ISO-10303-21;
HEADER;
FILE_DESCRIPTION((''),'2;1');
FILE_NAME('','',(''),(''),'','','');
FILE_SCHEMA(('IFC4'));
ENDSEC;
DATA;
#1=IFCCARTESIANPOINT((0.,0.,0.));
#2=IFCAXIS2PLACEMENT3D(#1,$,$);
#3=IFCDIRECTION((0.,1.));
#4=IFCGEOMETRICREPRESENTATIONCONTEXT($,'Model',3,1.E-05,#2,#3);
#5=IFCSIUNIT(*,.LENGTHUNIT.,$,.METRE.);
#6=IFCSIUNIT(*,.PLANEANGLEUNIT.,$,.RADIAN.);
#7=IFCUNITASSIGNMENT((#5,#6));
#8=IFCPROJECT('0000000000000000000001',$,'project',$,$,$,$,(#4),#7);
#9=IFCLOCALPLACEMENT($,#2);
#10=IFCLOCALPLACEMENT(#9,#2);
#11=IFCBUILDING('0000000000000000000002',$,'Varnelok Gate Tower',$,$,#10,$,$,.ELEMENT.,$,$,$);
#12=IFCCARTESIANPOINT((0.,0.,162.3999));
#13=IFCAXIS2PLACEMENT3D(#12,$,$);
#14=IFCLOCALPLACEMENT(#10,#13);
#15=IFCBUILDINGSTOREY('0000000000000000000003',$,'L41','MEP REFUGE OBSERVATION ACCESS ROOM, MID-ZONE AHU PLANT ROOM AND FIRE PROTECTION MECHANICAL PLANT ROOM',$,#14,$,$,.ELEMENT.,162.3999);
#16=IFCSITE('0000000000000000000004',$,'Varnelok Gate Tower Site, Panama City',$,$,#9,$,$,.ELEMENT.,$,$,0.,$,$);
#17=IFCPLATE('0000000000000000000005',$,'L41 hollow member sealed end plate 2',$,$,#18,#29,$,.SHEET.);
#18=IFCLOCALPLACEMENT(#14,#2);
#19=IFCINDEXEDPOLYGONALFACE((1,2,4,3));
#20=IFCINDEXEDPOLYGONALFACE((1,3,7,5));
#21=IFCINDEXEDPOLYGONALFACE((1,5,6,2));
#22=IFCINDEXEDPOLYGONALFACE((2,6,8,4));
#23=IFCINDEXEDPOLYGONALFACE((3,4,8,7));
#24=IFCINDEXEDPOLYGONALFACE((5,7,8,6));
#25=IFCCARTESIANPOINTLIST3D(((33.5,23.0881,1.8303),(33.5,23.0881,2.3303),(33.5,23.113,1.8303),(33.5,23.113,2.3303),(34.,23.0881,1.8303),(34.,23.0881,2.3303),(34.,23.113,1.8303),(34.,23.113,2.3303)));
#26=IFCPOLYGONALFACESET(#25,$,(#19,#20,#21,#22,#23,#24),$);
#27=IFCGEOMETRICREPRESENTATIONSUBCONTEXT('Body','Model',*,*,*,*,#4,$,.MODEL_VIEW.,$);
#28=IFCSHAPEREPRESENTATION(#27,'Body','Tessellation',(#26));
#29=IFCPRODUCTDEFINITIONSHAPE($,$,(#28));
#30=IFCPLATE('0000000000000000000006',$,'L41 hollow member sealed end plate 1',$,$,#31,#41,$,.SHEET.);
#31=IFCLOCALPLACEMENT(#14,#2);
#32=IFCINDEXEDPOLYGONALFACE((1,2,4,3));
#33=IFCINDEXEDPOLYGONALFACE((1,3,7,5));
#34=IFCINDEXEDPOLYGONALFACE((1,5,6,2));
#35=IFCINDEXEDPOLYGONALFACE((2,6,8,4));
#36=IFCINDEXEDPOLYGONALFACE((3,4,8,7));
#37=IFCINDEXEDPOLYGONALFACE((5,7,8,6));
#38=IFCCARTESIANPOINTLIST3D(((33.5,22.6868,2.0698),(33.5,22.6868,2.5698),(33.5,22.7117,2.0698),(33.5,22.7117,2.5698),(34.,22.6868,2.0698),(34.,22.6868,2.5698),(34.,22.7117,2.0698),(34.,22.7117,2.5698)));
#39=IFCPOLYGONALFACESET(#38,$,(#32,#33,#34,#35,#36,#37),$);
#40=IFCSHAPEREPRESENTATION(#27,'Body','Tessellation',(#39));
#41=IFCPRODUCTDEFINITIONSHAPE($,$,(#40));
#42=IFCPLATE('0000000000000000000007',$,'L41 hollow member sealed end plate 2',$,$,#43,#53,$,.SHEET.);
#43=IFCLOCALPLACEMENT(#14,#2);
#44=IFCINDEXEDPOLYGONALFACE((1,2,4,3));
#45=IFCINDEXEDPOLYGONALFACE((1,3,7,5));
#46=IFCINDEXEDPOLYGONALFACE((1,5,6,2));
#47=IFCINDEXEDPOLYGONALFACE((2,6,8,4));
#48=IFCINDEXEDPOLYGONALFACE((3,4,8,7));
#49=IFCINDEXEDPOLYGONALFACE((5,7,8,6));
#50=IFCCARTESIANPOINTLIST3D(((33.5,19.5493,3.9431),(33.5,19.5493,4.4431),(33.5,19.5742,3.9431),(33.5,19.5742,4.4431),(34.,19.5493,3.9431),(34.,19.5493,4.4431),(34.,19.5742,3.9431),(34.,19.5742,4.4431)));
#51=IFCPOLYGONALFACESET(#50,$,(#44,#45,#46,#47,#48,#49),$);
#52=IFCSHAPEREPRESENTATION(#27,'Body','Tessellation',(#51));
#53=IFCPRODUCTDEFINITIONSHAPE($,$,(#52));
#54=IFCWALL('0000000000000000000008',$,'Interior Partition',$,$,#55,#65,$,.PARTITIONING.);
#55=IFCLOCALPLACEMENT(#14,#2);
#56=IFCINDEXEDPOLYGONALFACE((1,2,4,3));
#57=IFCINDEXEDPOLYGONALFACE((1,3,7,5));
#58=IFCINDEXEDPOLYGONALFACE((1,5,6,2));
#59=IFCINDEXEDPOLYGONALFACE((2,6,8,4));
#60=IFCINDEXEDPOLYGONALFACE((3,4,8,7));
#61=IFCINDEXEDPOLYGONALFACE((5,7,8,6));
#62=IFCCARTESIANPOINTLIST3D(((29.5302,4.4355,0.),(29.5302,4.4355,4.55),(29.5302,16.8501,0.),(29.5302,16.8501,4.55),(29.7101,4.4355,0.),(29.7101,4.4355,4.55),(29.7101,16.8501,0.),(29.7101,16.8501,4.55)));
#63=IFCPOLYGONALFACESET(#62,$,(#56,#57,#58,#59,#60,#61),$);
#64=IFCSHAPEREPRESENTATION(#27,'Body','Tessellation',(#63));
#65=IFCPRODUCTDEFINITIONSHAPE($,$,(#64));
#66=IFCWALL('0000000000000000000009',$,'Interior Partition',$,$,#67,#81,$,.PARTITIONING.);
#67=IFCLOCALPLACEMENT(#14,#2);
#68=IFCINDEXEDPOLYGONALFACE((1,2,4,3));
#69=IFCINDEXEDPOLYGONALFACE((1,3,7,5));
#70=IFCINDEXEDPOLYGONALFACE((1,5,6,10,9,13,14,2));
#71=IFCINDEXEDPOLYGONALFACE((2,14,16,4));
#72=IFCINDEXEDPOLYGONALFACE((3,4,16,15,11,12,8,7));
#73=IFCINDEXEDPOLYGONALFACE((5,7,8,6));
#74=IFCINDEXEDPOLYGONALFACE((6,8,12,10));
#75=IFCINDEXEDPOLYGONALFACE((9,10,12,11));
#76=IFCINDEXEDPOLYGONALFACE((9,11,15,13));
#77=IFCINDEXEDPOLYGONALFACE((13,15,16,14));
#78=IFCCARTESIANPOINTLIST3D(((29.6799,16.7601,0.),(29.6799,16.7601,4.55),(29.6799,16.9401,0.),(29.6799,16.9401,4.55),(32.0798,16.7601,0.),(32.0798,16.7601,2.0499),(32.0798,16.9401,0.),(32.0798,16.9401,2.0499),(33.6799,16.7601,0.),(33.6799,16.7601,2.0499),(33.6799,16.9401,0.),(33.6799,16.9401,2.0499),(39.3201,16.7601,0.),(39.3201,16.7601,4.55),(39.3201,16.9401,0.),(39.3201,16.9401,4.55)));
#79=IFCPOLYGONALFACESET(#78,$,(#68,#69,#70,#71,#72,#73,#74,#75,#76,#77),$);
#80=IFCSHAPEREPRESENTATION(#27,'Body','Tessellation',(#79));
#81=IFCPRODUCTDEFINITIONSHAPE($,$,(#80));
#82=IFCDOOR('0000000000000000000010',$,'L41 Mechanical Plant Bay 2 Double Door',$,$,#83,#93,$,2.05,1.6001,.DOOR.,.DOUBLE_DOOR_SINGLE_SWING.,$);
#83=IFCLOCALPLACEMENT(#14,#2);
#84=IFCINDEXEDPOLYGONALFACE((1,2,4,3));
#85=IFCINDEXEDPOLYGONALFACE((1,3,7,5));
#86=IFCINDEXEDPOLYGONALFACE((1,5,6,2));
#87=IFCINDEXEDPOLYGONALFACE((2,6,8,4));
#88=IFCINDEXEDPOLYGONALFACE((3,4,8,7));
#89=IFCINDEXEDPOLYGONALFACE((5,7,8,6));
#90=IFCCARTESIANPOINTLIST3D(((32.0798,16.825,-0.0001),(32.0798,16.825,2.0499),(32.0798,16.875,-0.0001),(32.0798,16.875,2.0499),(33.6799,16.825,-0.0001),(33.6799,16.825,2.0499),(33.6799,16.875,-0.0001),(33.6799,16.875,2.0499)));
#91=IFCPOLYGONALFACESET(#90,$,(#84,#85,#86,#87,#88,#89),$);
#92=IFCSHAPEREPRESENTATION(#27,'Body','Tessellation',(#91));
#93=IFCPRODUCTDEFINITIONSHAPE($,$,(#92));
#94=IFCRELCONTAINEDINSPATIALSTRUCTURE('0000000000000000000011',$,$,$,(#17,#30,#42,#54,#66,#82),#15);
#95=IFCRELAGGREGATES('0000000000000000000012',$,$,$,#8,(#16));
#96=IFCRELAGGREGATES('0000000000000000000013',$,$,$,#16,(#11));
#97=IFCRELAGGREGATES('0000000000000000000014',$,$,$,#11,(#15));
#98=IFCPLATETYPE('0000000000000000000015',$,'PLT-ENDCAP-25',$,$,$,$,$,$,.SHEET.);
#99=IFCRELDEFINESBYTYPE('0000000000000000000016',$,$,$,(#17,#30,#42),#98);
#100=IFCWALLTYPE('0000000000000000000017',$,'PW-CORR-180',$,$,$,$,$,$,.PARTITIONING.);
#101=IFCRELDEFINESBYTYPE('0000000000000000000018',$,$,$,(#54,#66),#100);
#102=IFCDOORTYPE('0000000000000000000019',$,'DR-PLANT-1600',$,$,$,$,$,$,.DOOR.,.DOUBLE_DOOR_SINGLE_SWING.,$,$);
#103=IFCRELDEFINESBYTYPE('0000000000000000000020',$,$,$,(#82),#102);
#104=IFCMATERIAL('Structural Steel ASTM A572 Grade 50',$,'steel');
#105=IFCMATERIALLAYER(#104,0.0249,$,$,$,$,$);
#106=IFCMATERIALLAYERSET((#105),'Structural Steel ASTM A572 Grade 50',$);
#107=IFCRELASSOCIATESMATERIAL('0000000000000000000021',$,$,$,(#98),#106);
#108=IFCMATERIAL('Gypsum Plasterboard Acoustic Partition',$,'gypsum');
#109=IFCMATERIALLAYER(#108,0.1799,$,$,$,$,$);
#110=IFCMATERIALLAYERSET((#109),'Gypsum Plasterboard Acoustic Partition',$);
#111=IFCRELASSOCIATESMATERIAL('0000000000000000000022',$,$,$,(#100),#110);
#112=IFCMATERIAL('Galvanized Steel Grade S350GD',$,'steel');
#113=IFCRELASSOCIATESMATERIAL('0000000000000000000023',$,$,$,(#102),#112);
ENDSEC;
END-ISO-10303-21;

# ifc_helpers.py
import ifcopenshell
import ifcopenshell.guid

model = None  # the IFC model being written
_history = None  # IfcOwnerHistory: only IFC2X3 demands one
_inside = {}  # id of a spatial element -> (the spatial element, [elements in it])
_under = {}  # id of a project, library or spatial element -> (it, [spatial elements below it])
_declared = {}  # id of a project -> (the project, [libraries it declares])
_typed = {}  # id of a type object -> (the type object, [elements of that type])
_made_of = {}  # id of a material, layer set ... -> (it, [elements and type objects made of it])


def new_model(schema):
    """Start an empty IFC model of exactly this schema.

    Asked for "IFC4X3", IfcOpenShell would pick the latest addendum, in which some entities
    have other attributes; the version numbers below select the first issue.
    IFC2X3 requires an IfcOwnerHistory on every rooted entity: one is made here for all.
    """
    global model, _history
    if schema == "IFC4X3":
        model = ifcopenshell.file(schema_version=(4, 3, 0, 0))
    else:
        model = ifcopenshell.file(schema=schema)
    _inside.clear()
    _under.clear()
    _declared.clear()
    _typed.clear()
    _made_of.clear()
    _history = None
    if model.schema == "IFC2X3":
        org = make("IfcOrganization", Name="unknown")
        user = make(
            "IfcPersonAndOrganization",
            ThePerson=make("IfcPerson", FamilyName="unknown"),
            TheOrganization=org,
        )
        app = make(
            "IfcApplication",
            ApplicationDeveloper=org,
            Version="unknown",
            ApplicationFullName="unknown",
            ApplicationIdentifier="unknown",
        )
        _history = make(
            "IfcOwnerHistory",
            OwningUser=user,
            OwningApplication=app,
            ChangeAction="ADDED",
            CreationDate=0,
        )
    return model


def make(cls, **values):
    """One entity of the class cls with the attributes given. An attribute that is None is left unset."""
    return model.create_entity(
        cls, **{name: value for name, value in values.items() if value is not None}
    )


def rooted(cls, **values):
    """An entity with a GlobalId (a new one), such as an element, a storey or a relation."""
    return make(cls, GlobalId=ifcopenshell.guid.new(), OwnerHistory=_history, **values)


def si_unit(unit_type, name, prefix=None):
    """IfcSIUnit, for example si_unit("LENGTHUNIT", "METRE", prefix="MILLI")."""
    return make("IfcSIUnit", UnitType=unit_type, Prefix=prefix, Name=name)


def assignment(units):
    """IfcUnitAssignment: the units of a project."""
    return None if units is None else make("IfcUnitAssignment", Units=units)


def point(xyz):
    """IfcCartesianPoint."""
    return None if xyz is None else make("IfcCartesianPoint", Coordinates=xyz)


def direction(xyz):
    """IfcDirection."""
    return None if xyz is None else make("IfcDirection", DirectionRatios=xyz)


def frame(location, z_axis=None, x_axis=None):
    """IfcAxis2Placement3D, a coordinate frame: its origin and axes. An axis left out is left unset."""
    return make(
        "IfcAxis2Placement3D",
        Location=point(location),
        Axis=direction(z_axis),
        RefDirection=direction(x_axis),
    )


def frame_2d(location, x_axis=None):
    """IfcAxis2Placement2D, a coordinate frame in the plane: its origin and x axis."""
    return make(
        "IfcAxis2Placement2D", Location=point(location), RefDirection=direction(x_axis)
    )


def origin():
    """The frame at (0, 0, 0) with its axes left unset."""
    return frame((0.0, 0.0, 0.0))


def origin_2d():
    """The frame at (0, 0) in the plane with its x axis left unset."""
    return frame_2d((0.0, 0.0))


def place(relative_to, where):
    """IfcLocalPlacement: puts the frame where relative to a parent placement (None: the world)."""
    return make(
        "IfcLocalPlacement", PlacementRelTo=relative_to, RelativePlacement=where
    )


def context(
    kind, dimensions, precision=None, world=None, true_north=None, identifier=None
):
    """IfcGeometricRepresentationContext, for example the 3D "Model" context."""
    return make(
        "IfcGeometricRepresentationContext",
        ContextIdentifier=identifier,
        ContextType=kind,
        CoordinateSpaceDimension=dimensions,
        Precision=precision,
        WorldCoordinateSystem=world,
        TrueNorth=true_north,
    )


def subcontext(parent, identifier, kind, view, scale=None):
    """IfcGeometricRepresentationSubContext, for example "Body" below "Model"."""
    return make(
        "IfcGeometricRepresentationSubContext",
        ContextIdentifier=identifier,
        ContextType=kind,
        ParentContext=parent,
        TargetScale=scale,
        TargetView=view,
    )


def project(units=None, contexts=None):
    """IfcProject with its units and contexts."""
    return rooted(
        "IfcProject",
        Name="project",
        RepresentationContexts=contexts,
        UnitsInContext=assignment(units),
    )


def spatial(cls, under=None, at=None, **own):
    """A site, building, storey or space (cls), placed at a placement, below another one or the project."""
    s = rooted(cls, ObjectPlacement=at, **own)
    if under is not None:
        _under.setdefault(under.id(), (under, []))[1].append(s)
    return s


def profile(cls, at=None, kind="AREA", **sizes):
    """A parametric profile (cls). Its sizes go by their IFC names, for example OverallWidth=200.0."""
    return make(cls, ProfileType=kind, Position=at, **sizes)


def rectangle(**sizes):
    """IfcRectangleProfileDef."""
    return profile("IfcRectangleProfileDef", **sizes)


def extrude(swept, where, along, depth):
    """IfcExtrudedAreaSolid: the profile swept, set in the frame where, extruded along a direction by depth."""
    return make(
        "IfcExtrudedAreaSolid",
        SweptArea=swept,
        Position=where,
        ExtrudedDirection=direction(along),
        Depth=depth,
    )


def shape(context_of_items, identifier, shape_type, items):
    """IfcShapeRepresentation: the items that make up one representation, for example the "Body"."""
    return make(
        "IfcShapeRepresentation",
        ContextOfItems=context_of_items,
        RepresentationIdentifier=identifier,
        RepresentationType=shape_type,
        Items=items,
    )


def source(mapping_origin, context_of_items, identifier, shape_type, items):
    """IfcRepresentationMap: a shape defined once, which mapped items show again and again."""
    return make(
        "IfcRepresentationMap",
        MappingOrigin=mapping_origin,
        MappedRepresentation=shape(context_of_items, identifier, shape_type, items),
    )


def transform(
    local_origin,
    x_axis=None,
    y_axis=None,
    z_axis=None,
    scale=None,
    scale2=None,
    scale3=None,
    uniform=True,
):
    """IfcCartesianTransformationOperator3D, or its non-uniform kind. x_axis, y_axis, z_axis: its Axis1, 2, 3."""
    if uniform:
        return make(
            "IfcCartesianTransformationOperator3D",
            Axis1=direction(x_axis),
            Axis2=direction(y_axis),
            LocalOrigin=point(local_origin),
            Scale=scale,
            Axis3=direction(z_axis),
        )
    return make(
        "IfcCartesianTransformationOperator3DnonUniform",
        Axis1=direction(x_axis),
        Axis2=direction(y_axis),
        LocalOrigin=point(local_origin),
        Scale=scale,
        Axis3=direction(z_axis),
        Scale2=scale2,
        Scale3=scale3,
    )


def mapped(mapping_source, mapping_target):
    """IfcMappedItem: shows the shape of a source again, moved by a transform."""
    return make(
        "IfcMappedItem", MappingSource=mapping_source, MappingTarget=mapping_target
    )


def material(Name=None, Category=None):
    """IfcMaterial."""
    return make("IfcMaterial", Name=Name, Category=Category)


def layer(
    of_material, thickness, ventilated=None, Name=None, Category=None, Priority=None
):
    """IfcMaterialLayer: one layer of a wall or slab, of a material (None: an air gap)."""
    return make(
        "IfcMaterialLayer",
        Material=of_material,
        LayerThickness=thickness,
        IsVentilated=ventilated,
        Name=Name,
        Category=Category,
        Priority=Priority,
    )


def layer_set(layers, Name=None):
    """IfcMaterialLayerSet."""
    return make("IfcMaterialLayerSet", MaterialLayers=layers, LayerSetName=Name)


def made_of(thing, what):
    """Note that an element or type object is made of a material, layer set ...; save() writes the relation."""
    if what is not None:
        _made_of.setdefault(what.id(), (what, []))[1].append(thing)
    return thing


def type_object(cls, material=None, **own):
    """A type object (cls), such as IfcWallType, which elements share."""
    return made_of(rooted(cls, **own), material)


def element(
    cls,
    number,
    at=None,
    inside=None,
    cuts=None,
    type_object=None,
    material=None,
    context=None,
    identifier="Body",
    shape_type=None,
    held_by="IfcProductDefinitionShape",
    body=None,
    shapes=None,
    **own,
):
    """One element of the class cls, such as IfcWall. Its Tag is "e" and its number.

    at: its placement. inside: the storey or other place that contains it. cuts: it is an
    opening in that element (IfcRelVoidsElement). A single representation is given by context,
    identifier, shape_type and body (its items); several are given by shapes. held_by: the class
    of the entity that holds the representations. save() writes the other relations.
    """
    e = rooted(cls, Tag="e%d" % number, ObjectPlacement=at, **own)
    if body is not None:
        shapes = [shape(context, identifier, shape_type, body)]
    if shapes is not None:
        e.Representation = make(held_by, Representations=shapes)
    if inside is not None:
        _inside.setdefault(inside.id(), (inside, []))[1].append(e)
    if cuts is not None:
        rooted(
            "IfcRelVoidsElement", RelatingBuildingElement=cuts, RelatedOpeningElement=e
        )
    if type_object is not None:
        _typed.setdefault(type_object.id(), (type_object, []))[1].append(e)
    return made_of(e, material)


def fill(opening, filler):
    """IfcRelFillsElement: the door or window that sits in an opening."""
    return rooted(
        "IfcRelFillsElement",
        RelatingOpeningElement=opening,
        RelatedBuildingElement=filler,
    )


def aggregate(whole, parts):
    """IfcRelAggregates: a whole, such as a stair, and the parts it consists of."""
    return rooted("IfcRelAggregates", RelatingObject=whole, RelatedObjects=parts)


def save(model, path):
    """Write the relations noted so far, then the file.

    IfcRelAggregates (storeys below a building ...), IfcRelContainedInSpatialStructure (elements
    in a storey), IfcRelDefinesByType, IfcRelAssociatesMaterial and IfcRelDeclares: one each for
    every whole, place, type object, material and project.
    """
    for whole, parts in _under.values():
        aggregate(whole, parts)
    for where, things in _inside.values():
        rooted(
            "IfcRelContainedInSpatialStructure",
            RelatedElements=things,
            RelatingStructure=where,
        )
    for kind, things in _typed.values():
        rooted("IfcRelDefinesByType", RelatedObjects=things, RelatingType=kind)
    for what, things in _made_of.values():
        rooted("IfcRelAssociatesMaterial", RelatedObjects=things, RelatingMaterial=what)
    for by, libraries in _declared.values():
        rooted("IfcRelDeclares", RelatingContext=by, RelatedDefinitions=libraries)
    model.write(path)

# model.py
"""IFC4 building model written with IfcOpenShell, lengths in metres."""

from ifc_helpers import new_model, si_unit, direction, frame, frame_2d, origin, origin_2d, place, context, subcontext, project, spatial, rectangle, extrude, source, transform, mapped, material, layer, layer_set, type_object, element, fill, save


model = new_model("IFC4")

# Units and contexts
model_context = context("Model", 3, precision=1e-05, world=origin(), true_north=direction((0.0, 1.0)))
body_context = subcontext(model_context, "Body", "Model", "MODEL_VIEW")
ifc_project = project(units=[si_unit("LENGTHUNIT", "METRE"), si_unit("PLANEANGLEUNIT", "RADIAN")], contexts=[model_context])

# Site, building, storey
site_placement = place(None, origin())
site = spatial("IfcSite", under=ifc_project, at=site_placement, Name="Varnelok Gate Tower Site, Panama City", CompositionType="ELEMENT", RefElevation=0.0)
building_placement = place(site_placement, origin())
building = spatial("IfcBuilding", under=site, at=building_placement, Name="Varnelok Gate Tower", CompositionType="ELEMENT")
storey_placement = place(building_placement, frame((0.0, 0.0, 162.3999)))
storey = spatial("IfcBuildingStorey", under=building, at=storey_placement, Name="L41", Description="MEP REFUGE OBSERVATION ACCESS ROOM, MID-ZONE AHU PLANT ROOM AND FIRE PROTECTION MECHANICAL PLANT ROOM", CompositionType="ELEMENT", Elevation=162.3999)

# Shared definitions
ifc_material_1 = material(Name="Structural Steel ASTM A572 Grade 50", Category="steel")

# Plates
ifc_layer_1 = layer(ifc_material_1, 0.0249)
ifc_layer_set_1 = layer_set([ifc_layer_1], Name="Structural Steel ASTM A572 Grade 50")
plate_type_1 = type_object("IfcPlateType", Name="PLT-ENDCAP-25", PredefinedType="SHEET", material=ifc_layer_set_1)
shared_shape_1 = source(origin(), body_context, "Body", "SweptSolid", [
    extrude(rectangle(XDim=0.0249, YDim=0.5, at=origin_2d()), origin(), (0.0, 0.0, 1.0), 0.5),
])
for number, where, z_axis, x_axis, name in (
    (1, (33.75, 23.1006, 1.8303), (0.0, 0.0, 1.0), (0.0, -1.0, 0.0), "L41 hollow member sealed end plate 2"),
    (2, (33.75, 22.6992, 2.0698), (0.0, 0.0, 1.0), (0.0, -1.0, 0.0), "L41 hollow member sealed end plate 1"),
    (3, (33.75, 19.5618, 3.9431), (0.0, 0.0, 1.0), (0.0, -1.0, 0.0), "L41 hollow member sealed end plate 2"),
):
    element("IfcPlate", number, at=place(storey_placement, frame(where, z_axis=z_axis, x_axis=x_axis)), inside=storey, type_object=plate_type_1, Name=name, PredefinedType="SHEET", context=body_context, shape_type="MappedRepresentation", body=[
        mapped(shared_shape_1, transform((0.0, 0.0, 0.0), scale=1.0)),
    ])

# Wall
ifc_material_2 = material(Name="Gypsum Plasterboard Acoustic Partition", Category="gypsum")
ifc_layer_2 = layer(ifc_material_2, 0.1799)
ifc_layer_set_2 = layer_set([ifc_layer_2], Name="Gypsum Plasterboard Acoustic Partition")
wall_type = type_object("IfcWallType", Name="PW-CORR-180", PredefinedType="PARTITIONING", material=ifc_layer_set_2)
wall_1_placement = place(storey_placement, frame((29.6201, 4.4355, 0.0), z_axis=(0.0, 0.0, 1.0), x_axis=(0.0, 1.0, 0.0)))
element("IfcWall", 4, at=wall_1_placement, inside=storey, type_object=wall_type, Name="Interior Partition", PredefinedType="PARTITIONING", context=body_context, shape_type="SweptSolid", body=[
    extrude(rectangle(XDim=12.4146, YDim=0.1799, at=frame_2d((6.2073, 0.0))), origin(), (0.0, 0.0, 1.0), 4.55),
])

# Wall, opening, door
wall_2_placement = place(storey_placement, frame((29.6799, 16.8501, 0.0), z_axis=(0.0, 0.0, 1.0), x_axis=(1.0, 0.0, 0.0)))
wall_2 = element("IfcWall", 5, at=wall_2_placement, inside=storey, type_object=wall_type, Name="Interior Partition", PredefinedType="PARTITIONING", context=body_context, shape_type="SweptSolid", body=[
    extrude(rectangle(XDim=9.6401, YDim=0.1799, at=frame_2d((4.8201, 0.0))), origin(), (0.0, 0.0, 1.0), 4.55),
])
opening_placement = place(wall_2_placement, frame((2.3999, 0.0, 0.0)))
opening = element("IfcOpeningElement", 6, at=opening_placement, cuts=wall_2, PredefinedType="OPENING", context=body_context, shape_type="SweptSolid", body=[
    extrude(rectangle(XDim=1.6001, YDim=2.05, at=frame_2d((0.8, 1.0249))), frame((0.0, 0.0999, 0.0), z_axis=(0.0, -1.0, 0.0), x_axis=(1.0, 0.0, 0.0)), (0.0, 0.0, 1.0), 0.2),
])
ifc_material_3 = material(Name="Galvanized Steel Grade S350GD", Category="steel")
door_type = type_object("IfcDoorType", Name="DR-PLANT-1600", OperationType="DOUBLE_DOOR_SINGLE_SWING", PredefinedType="DOOR", material=ifc_material_3)
door_placement = place(opening_placement, origin())
door = element("IfcDoor", 7, at=door_placement, inside=storey, type_object=door_type, Name="L41 Mechanical Plant Bay 2 Double Door", OperationType="DOUBLE_DOOR_SINGLE_SWING", OverallHeight=2.05, OverallWidth=1.6001, PredefinedType="DOOR", context=body_context, shape_type="SweptSolid", body=[
    extrude(rectangle(XDim=1.6001, YDim=2.05, at=frame_2d((0.8, 1.0249))), frame((0.0, 0.0249, 0.0), z_axis=(0.0, -1.0, 0.0), x_axis=(1.0, 0.0, 0.0)), (0.0, 0.0, 1.0), 0.05),
])
fill(opening, door)

save(model, "model.ifc")
